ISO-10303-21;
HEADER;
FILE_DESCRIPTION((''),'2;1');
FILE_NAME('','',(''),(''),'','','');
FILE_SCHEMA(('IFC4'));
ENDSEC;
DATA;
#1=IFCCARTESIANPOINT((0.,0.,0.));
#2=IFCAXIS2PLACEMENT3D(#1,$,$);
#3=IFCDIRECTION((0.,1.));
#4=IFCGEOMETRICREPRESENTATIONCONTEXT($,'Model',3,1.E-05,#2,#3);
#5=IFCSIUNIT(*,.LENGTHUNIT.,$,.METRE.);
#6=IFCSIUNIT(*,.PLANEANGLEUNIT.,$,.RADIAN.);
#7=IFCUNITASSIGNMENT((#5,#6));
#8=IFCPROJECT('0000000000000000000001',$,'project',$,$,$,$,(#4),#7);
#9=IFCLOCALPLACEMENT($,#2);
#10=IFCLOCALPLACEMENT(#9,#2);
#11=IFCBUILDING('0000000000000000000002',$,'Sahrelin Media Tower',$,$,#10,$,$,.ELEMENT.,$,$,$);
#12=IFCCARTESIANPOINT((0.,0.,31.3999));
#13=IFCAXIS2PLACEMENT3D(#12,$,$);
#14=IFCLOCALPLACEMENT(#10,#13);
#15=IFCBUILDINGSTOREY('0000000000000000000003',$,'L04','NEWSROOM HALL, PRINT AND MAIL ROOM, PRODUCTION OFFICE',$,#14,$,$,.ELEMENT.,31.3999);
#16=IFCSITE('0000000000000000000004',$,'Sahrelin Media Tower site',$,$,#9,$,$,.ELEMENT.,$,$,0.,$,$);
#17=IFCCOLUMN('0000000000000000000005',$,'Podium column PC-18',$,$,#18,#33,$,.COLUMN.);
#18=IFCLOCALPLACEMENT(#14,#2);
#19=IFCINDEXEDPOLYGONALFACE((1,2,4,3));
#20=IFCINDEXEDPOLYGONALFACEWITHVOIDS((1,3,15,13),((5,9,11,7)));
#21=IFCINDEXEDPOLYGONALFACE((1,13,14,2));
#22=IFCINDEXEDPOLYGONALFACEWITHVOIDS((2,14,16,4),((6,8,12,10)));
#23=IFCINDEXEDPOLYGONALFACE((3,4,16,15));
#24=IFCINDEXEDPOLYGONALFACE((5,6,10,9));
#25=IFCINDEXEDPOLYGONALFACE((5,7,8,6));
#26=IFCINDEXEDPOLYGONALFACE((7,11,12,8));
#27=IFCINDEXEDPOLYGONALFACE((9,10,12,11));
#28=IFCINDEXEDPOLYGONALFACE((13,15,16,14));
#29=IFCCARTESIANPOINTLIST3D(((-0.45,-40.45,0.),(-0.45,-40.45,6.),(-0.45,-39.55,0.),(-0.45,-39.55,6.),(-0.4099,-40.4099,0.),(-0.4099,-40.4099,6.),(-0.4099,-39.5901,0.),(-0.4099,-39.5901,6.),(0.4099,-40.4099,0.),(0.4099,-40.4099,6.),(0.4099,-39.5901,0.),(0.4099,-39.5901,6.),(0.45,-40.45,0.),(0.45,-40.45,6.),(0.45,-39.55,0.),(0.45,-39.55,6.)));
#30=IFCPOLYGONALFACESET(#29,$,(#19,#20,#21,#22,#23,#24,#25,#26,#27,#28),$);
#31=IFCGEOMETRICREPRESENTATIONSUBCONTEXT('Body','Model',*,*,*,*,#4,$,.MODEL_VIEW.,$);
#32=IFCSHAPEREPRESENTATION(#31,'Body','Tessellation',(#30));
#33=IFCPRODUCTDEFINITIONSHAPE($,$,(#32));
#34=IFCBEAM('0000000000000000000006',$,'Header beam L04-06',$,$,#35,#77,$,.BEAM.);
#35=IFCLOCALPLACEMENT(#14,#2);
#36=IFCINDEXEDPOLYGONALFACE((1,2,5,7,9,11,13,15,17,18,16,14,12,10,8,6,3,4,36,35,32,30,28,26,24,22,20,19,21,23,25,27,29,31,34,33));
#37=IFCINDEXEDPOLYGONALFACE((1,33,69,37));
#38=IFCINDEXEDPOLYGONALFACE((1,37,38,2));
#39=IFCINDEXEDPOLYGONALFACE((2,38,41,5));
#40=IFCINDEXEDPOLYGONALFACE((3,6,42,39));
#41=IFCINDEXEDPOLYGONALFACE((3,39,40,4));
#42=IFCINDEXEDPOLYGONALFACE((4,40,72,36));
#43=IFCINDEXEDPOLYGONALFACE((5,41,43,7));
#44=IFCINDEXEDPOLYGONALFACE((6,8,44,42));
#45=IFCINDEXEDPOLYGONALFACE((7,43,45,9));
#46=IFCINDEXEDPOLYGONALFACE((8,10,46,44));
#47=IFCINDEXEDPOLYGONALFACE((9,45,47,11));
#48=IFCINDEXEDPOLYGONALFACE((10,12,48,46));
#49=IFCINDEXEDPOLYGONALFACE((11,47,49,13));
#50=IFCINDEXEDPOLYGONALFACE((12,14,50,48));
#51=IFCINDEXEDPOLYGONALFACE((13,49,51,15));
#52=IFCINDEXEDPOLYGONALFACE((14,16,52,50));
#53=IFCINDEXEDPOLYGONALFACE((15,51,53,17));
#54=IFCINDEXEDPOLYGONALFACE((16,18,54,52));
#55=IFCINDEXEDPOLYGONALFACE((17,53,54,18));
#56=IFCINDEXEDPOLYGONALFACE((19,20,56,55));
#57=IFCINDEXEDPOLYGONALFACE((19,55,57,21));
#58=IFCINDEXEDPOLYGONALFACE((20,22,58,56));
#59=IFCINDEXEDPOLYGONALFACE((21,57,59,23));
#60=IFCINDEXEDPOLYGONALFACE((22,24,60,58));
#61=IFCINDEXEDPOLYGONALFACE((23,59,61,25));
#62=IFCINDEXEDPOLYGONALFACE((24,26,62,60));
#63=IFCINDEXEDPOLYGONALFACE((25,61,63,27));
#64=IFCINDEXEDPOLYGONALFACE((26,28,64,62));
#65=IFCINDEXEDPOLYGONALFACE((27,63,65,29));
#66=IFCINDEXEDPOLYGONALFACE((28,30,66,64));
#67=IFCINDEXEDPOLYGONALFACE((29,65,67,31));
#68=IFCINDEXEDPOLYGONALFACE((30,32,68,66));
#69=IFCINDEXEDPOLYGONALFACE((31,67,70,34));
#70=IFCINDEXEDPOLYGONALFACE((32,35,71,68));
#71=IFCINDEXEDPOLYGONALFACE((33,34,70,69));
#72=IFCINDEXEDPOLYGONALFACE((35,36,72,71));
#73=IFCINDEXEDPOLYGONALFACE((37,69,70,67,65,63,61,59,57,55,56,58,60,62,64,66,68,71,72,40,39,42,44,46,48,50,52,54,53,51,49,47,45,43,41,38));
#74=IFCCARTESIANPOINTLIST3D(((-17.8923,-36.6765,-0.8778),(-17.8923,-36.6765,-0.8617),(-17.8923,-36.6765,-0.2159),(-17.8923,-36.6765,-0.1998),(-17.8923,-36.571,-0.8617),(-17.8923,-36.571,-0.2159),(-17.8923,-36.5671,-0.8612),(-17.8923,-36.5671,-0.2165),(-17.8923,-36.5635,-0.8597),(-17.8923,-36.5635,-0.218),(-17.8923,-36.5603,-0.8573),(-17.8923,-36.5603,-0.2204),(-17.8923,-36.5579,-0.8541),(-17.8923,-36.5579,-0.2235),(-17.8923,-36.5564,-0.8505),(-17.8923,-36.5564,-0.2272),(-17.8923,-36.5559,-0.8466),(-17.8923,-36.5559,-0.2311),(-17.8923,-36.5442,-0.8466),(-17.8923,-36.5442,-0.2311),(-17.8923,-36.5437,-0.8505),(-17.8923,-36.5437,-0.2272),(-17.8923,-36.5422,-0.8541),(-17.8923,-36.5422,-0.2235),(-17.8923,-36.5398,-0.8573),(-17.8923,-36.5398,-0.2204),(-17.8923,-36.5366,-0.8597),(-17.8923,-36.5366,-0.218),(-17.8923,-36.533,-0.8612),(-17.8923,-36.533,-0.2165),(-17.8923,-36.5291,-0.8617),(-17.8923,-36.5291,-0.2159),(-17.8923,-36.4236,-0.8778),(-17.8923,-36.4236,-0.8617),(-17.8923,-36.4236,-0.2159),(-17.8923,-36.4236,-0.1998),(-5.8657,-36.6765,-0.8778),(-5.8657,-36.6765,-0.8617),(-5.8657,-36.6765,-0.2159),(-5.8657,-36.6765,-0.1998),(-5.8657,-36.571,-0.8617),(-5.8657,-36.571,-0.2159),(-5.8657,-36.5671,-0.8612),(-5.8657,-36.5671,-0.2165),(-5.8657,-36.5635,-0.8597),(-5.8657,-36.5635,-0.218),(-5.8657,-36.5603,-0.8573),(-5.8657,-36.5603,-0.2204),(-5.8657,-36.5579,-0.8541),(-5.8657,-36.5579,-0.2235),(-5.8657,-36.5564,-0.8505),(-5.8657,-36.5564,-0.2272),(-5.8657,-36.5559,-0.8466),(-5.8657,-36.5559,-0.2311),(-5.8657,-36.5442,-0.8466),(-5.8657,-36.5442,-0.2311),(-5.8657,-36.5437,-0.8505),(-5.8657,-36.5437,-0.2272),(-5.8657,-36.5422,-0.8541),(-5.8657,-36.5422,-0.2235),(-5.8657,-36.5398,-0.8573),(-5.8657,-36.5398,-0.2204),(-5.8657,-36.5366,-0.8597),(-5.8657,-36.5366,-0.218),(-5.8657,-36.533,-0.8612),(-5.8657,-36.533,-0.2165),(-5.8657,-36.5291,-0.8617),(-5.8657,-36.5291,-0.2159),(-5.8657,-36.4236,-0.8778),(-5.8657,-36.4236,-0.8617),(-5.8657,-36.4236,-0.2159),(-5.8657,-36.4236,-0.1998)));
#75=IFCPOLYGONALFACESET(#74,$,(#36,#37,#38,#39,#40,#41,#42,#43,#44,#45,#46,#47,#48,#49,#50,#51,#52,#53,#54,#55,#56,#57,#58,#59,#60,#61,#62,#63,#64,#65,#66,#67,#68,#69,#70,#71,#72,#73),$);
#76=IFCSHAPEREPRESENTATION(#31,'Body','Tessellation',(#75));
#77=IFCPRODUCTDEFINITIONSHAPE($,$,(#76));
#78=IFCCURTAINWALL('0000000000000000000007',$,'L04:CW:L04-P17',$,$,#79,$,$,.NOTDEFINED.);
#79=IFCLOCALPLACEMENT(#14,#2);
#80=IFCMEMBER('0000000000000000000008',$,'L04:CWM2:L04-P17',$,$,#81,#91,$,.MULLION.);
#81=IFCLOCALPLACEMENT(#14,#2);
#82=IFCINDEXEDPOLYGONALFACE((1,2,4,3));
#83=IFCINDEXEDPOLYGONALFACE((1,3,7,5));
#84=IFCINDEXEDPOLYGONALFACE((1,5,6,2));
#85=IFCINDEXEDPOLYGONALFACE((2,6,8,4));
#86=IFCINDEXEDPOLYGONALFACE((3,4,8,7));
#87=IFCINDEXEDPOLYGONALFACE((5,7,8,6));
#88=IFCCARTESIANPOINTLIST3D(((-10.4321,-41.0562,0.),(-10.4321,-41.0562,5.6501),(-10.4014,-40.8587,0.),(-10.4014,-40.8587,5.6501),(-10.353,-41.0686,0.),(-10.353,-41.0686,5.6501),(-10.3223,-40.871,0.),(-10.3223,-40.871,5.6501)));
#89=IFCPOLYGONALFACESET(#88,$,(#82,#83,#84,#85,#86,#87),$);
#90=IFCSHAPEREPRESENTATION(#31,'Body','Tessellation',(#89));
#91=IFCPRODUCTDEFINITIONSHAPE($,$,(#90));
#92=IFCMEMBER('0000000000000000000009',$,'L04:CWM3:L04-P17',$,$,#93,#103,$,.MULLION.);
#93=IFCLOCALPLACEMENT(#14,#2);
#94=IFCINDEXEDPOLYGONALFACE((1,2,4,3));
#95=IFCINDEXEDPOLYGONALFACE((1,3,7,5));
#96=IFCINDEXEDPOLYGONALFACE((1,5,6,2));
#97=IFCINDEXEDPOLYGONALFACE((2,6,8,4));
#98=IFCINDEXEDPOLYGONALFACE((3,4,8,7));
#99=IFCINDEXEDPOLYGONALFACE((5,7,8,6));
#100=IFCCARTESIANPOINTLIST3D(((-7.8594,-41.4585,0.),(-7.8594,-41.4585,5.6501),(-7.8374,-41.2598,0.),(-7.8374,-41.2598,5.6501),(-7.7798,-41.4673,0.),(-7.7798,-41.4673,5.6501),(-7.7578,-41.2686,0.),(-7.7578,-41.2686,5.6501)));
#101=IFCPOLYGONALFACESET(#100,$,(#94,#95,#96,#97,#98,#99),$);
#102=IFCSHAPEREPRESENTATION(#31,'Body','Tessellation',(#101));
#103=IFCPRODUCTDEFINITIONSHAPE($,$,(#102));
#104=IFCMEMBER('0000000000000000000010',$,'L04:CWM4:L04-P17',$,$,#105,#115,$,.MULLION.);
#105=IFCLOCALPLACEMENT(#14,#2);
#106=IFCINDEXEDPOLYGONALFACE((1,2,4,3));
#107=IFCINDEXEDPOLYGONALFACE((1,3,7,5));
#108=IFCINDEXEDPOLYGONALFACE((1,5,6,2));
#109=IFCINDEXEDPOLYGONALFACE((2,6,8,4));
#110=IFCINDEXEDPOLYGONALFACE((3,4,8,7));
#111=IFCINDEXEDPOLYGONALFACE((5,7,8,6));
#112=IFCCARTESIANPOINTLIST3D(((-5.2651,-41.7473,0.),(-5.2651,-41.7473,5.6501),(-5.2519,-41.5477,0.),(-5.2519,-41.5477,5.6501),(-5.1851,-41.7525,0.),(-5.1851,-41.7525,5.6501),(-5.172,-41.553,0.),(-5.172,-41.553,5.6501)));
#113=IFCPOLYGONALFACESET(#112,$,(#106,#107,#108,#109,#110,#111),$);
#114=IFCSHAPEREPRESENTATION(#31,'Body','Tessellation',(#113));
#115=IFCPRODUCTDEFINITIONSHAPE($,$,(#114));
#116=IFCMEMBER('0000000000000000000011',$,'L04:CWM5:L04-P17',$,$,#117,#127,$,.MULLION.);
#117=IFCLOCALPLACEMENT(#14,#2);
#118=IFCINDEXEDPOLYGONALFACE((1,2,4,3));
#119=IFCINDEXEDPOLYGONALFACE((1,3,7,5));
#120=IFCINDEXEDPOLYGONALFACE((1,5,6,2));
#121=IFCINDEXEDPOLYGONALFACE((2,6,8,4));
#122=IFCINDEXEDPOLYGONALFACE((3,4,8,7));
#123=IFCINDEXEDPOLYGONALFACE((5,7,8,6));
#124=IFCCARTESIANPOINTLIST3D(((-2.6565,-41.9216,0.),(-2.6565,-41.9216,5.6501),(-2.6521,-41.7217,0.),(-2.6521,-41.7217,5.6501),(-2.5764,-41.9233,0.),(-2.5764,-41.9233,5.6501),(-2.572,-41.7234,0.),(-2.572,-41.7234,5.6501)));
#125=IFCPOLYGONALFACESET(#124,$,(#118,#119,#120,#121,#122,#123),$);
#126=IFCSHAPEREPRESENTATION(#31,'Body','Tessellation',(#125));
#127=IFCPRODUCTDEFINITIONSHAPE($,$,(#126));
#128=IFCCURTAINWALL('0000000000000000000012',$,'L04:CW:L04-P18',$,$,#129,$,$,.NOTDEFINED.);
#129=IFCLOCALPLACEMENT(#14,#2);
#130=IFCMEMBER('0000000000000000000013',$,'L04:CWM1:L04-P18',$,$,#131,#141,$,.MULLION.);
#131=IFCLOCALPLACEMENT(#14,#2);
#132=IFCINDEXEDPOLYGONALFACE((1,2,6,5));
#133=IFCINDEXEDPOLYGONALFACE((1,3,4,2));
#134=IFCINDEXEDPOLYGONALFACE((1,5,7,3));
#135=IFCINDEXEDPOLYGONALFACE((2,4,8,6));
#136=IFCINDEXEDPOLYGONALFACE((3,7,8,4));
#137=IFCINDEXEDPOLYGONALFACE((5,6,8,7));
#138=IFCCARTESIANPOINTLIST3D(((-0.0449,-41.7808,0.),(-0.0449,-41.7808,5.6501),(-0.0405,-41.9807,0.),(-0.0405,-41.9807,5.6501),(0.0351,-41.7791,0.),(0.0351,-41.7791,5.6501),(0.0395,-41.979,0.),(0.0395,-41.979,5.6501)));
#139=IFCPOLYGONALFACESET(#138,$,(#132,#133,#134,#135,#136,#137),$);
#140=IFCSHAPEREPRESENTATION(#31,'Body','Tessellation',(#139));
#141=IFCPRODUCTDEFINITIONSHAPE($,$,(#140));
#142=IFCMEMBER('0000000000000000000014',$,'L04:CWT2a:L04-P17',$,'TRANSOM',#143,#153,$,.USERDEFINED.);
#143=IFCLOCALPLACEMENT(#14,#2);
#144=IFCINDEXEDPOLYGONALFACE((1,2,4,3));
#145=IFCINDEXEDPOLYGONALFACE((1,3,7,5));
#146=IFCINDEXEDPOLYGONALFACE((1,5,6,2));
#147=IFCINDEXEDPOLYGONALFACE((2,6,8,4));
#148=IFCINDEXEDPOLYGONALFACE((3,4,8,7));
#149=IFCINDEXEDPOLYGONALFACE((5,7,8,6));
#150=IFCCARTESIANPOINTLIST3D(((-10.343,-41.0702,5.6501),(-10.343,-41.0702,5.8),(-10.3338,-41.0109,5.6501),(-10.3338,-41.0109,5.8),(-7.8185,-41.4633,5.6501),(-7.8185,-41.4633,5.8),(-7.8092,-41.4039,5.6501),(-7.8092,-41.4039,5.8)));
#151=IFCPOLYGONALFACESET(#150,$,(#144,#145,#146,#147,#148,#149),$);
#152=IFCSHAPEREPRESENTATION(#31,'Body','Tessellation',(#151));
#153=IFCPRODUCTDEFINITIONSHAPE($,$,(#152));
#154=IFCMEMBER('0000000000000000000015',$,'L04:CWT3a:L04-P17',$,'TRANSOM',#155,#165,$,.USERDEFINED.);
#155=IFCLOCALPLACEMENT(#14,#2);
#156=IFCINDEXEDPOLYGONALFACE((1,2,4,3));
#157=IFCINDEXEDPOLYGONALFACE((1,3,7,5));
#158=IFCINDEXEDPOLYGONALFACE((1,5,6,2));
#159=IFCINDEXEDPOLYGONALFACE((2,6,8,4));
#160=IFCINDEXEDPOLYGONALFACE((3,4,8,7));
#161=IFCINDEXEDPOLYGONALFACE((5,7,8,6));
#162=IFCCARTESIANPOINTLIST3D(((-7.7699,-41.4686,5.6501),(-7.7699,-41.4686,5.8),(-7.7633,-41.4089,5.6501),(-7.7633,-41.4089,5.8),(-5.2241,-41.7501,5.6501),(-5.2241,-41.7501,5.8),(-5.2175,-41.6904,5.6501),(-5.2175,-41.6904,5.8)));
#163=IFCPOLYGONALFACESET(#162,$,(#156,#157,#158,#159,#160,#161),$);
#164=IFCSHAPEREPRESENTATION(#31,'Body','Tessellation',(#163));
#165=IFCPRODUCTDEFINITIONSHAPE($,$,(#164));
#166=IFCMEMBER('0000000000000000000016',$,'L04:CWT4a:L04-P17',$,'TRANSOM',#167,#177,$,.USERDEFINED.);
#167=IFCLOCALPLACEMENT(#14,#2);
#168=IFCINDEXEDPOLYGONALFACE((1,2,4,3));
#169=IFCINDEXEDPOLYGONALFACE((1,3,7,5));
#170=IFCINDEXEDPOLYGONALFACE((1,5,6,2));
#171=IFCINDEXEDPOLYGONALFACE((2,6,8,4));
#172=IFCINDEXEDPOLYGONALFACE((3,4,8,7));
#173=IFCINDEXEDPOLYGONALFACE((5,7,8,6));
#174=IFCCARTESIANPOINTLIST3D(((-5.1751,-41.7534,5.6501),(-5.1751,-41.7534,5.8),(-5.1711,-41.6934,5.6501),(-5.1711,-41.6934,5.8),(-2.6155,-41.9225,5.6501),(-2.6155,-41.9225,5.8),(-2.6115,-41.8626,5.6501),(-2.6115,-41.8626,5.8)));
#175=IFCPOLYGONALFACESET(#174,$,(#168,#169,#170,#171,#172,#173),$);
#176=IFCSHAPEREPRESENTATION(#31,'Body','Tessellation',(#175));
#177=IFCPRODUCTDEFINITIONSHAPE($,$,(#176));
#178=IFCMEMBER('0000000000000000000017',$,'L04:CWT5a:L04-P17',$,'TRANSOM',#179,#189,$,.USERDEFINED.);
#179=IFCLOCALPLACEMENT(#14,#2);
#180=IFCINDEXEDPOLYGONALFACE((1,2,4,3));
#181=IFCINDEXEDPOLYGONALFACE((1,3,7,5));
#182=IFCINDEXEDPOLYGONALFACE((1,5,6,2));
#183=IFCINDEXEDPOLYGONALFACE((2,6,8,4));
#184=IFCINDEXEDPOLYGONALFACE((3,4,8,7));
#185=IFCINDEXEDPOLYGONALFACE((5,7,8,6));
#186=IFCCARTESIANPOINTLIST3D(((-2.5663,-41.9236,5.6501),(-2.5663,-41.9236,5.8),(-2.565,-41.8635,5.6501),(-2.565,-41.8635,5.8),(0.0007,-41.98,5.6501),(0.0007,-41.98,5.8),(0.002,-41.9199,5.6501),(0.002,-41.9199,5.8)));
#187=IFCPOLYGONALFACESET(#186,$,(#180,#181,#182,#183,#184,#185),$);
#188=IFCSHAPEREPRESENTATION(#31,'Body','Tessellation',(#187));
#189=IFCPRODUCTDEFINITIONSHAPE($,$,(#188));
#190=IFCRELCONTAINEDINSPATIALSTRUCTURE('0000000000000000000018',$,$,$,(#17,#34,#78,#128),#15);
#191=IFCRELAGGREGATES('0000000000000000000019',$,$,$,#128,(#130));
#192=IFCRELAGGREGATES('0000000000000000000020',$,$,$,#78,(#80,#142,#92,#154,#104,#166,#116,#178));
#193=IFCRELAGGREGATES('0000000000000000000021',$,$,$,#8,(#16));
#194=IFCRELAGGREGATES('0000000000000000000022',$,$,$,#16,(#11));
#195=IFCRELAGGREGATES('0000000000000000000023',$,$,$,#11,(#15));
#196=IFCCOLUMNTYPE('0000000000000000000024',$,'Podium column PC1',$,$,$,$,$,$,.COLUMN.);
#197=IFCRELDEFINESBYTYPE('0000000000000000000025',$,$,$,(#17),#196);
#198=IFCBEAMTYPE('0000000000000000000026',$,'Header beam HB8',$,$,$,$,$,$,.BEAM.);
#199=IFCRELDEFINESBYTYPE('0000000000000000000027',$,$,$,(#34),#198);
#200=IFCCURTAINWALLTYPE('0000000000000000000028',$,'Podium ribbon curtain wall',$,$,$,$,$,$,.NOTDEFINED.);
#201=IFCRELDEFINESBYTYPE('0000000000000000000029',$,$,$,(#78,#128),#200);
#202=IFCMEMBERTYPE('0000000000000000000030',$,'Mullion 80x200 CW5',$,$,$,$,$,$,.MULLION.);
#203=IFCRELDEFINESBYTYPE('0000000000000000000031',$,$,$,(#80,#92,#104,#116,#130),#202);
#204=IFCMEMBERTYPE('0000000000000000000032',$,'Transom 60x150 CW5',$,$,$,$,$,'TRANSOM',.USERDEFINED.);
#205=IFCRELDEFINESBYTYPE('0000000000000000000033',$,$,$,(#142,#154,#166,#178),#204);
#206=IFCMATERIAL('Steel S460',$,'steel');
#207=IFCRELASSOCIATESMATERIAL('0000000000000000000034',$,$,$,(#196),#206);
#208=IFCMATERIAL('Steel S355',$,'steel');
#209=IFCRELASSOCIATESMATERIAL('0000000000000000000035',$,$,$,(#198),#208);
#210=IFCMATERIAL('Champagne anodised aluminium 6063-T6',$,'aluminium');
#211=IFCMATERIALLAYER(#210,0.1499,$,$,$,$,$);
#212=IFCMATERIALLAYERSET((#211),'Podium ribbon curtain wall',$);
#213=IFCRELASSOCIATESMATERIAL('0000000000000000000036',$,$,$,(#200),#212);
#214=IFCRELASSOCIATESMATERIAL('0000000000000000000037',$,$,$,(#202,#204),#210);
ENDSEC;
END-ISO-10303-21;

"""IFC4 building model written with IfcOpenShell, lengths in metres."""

from ifc_helpers import new_model, si_unit, direction, frame, origin, origin_2d, place, context, subcontext, project, spatial, rectangle, hollow_rectangle, i_section, extrude, material, layer, layer_set, material_profile, profile_set, type_object, element, aggregate, save


model = new_model("IFC4")

# Units and contexts
model_context = context("Model", 3, precision=1e-05, world=origin(), true_north=direction((0.0, 1.0)))
body_context = subcontext(model_context, "Body", "Model", "MODEL_VIEW")
ifc_project = project(units=[si_unit("LENGTHUNIT", "METRE"), si_unit("PLANEANGLEUNIT", "RADIAN")], contexts=[model_context])

# Site, building, storey
site_placement = place(None, origin())
site = spatial("IfcSite", under=ifc_project, at=site_placement, Name="Sahrelin Media Tower site", CompositionType="ELEMENT", RefElevation=0.0)
building_placement = place(site_placement, origin())
building = spatial("IfcBuilding", under=site, at=building_placement, Name="Sahrelin Media Tower", CompositionType="ELEMENT")
storey_placement = place(building_placement, frame((0.0, 0.0, 31.3999)))
storey = spatial("IfcBuildingStorey", under=building, at=storey_placement, Name="L04", Description="NEWSROOM HALL, PRINT AND MAIL ROOM, PRODUCTION OFFICE", CompositionType="ELEMENT", Elevation=31.3999)

# Column
ifc_material_1 = material(Name="Steel S460", Category="steel")
ifc_material_profile_1 = material_profile(ifc_material_1, hollow_rectangle(XDim=0.8999, YDim=0.8999, WallThickness=0.04, at=origin_2d()), Name="Podium column PC1")
ifc_profile_set_1 = profile_set([ifc_material_profile_1], Name="Steel S460")
column_type = type_object("IfcColumnType", Name="Podium column PC1", PredefinedType="COLUMN", material=ifc_profile_set_1)
column_placement = place(storey_placement, frame((0.0, -40.0, 0.0), z_axis=(0.0, 0.0, 1.0), x_axis=(0.0, -1.0, 0.0)))
element("IfcColumn", 1, at=column_placement, inside=storey, type_object=column_type, Name="Podium column PC-18", PredefinedType="COLUMN", context=body_context, shape_type="SweptSolid", body=[
    extrude(hollow_rectangle(XDim=0.8999, YDim=0.8999, WallThickness=0.04, at=origin_2d()), origin(), (0.0, 0.0, 1.0), 6.0),
])

# Beam
ifc_material_2 = material(Name="Steel S355", Category="steel")
ifc_material_profile_2 = material_profile(ifc_material_2, i_section(OverallWidth=0.2529, OverallDepth=0.678, WebThickness=0.0117, FlangeThickness=0.0161, FilletRadius=0.0151, at=origin_2d()), Name="UB 686x254x125")
ifc_profile_set_2 = profile_set([ifc_material_profile_2], Name="Steel S355")
beam_type = type_object("IfcBeamType", Name="Header beam HB8", PredefinedType="BEAM", material=ifc_profile_set_2)
beam_placement = place(storey_placement, frame((-5.8657, -36.55, -0.5388), z_axis=(-1.0, 0.0, 0.0), x_axis=(0.0, -1.0, 0.0)))
element("IfcBeam", 2, at=beam_placement, inside=storey, type_object=beam_type, Name="Header beam L04-06", PredefinedType="BEAM", context=body_context, shape_type="SweptSolid", body=[
    extrude(i_section(OverallWidth=0.2529, OverallDepth=0.678, WebThickness=0.0117, FlangeThickness=0.0161, FilletRadius=0.0151, at=origin_2d()), origin(), (0.0, 0.0, 1.0), 12.0266),
])

# Curtain wall, members
ifc_material_3 = material(Name="Champagne anodised aluminium 6063-T6", Category="aluminium")
ifc_layer_1 = layer(ifc_material_3, 0.1499)
ifc_layer_set_1 = layer_set([ifc_layer_1], Name="Podium ribbon curtain wall")
curtain_wall_type = type_object("IfcCurtainWallType", Name="Podium ribbon curtain wall", PredefinedType="NOTDEFINED", material=ifc_layer_set_1)
curtain_wall_1_placement = place(storey_placement, frame((-12.9409, -40.5688, 0.0), z_axis=(0.0, 0.0, 1.0), x_axis=(1.0, 0.0, 0.0)))
curtain_wall_1 = element("IfcCurtainWall", 3, at=curtain_wall_1_placement, inside=storey, type_object=curtain_wall_type, Name="L04:CW:L04-P17", PredefinedType="NOTDEFINED")
ifc_material_profile_3 = material_profile(ifc_material_3, rectangle(XDim=0.0801, YDim=0.2, at=origin_2d()), Name="Mullion 80x200")
ifc_profile_set_3 = profile_set([ifc_material_profile_3], Name="Champagne anodised aluminium 6063-T6")
member_type_1 = type_object("IfcMemberType", Name="Mullion 80x200 CW5", PredefinedType="MULLION", material=ifc_profile_set_3)
member_1_placement = place(storey_placement, frame((-10.3772, -40.9636, 0.0), z_axis=(0.0, 0.0, 1.0), x_axis=(0.988098, -0.153826, 0.0)))
member_1 = element("IfcMember", 4, at=member_1_placement, type_object=member_type_1, Name="L04:CWM2:L04-P17", PredefinedType="MULLION", context=body_context, shape_type="SweptSolid", body=[
    extrude(rectangle(XDim=0.0801, YDim=0.2, at=origin_2d()), origin(), (0.0, 0.0, 1.0), 5.6501),
])
member_2_placement = place(storey_placement, frame((-7.8086, -41.3635, 0.0), z_axis=(0.0, 0.0, 1.0), x_axis=(0.993941, -0.109915, 0.0)))
member_2 = element("IfcMember", 5, at=member_2_placement, type_object=member_type_1, Name="L04:CWM3:L04-P17", PredefinedType="MULLION", context=body_context, shape_type="SweptSolid", body=[
    extrude(rectangle(XDim=0.0801, YDim=0.2, at=origin_2d()), origin(), (0.0, 0.0, 1.0), 5.6501),
])
member_3_placement = place(storey_placement, frame((-5.2185, -41.6501, 0.0), z_axis=(0.0, 0.0, 1.0), x_axis=(0.997822, -0.065959, 0.0)))
member_3 = element("IfcMember", 6, at=member_3_placement, type_object=member_type_1, Name="L04:CWM4:L04-P17", PredefinedType="MULLION", context=body_context, shape_type="SweptSolid", body=[
    extrude(rectangle(XDim=0.0801, YDim=0.2, at=origin_2d()), origin(), (0.0, 0.0, 1.0), 5.6501),
])
member_4_placement = place(storey_placement, frame((-2.6143, -41.8225, 0.0), z_axis=(0.0, 0.0, 1.0), x_axis=(0.999758, -0.022007, 0.0)))
member_4 = element("IfcMember", 7, at=member_4_placement, type_object=member_type_1, Name="L04:CWM5:L04-P17", PredefinedType="MULLION", context=body_context, shape_type="SweptSolid", body=[
    extrude(rectangle(XDim=0.0801, YDim=0.2, at=origin_2d()), origin(), (0.0, 0.0, 1.0), 5.6501),
])

# Curtain wall, member
curtain_wall_2_placement = place(storey_placement, frame((0.0, -42.0, 0.0), z_axis=(0.0, 0.0, 1.0), x_axis=(1.0, 0.0, 0.0)))
curtain_wall_2 = element("IfcCurtainWall", 8, at=curtain_wall_2_placement, inside=storey, type_object=curtain_wall_type, Name="L04:CW:L04-P18", PredefinedType="NOTDEFINED")
member_5_placement = place(storey_placement, frame((-0.0027, -41.8799, 0.0), z_axis=(0.0, 0.0, 1.0), x_axis=(0.999758, 0.022007, 0.0)))
member_5 = element("IfcMember", 9, at=member_5_placement, type_object=member_type_1, Name="L04:CWM1:L04-P18", PredefinedType="MULLION", context=body_context, shape_type="SweptSolid", body=[
    extrude(rectangle(XDim=0.0801, YDim=0.2, at=origin_2d()), origin(), (0.0, 0.0, 1.0), 5.6501),
])
aggregate(curtain_wall_2, [member_5])

# Members
ifc_material_profile_4 = material_profile(ifc_material_3, rectangle(XDim=0.0601, YDim=0.1499, at=origin_2d()), Name="Transom 60x150")
ifc_profile_set_4 = profile_set([ifc_material_profile_4], Name="Champagne anodised aluminium 6063-T6")
member_type_2 = type_object("IfcMemberType", Name="Transom 60x150 CW5", ElementType="TRANSOM", PredefinedType="USERDEFINED", material=ifc_profile_set_4)
member_6_placement = place(storey_placement, frame((-10.3384, -41.0405, 5.7251), z_axis=(0.988094, -0.153852, 0.0), x_axis=(0.153852, 0.988094, 0.0)))
member_6 = element("IfcMember", 10, at=member_6_placement, type_object=member_type_2, Name="L04:CWT2a:L04-P17", ObjectType="TRANSOM", PredefinedType="USERDEFINED", context=body_context, shape_type="SweptSolid", body=[
    extrude(rectangle(XDim=0.0601, YDim=0.1499, at=origin_2d()), origin(), (0.0, 0.0, 1.0), 2.5549),
])
member_7_placement = place(storey_placement, frame((-7.7666, -41.4387, 5.7251), z_axis=(0.993942, -0.109908, 0.0), x_axis=(0.109908, 0.993942, 0.0)))
member_7 = element("IfcMember", 11, at=member_7_placement, type_object=member_type_2, Name="L04:CWT3a:L04-P17", ObjectType="TRANSOM", PredefinedType="USERDEFINED", context=body_context, shape_type="SweptSolid", body=[
    extrude(rectangle(XDim=0.0601, YDim=0.1499, at=origin_2d()), origin(), (0.0, 0.0, 1.0), 2.5613),
])
member_8_placement = place(storey_placement, frame((-5.1731, -41.7234, 5.7251), z_axis=(0.997822, -0.065957, 0.0), x_axis=(0.065957, 0.997822, 0.0)))
member_8 = element("IfcMember", 12, at=member_8_placement, type_object=member_type_2, Name="L04:CWT4a:L04-P17", ObjectType="TRANSOM", PredefinedType="USERDEFINED", context=body_context, shape_type="SweptSolid", body=[
    extrude(rectangle(XDim=0.0601, YDim=0.1499, at=origin_2d()), origin(), (0.0, 0.0, 1.0), 2.5652),
])
member_9_placement = place(storey_placement, frame((-2.5657, -41.8936, 5.7251), z_axis=(0.999759, -0.021965, 0.0), x_axis=(0.021965, 0.999759, 0.0)))
member_9 = element("IfcMember", 13, at=member_9_placement, type_object=member_type_2, Name="L04:CWT5a:L04-P17", ObjectType="TRANSOM", PredefinedType="USERDEFINED", context=body_context, shape_type="SweptSolid", body=[
    extrude(rectangle(XDim=0.0601, YDim=0.1499, at=origin_2d()), origin(), (0.0, 0.0, 1.0), 2.5676),
])

aggregate(curtain_wall_1, [member_1, member_6, member_2, member_7, member_3, member_8, member_4, member_9])

save(model, "model.ifc")
